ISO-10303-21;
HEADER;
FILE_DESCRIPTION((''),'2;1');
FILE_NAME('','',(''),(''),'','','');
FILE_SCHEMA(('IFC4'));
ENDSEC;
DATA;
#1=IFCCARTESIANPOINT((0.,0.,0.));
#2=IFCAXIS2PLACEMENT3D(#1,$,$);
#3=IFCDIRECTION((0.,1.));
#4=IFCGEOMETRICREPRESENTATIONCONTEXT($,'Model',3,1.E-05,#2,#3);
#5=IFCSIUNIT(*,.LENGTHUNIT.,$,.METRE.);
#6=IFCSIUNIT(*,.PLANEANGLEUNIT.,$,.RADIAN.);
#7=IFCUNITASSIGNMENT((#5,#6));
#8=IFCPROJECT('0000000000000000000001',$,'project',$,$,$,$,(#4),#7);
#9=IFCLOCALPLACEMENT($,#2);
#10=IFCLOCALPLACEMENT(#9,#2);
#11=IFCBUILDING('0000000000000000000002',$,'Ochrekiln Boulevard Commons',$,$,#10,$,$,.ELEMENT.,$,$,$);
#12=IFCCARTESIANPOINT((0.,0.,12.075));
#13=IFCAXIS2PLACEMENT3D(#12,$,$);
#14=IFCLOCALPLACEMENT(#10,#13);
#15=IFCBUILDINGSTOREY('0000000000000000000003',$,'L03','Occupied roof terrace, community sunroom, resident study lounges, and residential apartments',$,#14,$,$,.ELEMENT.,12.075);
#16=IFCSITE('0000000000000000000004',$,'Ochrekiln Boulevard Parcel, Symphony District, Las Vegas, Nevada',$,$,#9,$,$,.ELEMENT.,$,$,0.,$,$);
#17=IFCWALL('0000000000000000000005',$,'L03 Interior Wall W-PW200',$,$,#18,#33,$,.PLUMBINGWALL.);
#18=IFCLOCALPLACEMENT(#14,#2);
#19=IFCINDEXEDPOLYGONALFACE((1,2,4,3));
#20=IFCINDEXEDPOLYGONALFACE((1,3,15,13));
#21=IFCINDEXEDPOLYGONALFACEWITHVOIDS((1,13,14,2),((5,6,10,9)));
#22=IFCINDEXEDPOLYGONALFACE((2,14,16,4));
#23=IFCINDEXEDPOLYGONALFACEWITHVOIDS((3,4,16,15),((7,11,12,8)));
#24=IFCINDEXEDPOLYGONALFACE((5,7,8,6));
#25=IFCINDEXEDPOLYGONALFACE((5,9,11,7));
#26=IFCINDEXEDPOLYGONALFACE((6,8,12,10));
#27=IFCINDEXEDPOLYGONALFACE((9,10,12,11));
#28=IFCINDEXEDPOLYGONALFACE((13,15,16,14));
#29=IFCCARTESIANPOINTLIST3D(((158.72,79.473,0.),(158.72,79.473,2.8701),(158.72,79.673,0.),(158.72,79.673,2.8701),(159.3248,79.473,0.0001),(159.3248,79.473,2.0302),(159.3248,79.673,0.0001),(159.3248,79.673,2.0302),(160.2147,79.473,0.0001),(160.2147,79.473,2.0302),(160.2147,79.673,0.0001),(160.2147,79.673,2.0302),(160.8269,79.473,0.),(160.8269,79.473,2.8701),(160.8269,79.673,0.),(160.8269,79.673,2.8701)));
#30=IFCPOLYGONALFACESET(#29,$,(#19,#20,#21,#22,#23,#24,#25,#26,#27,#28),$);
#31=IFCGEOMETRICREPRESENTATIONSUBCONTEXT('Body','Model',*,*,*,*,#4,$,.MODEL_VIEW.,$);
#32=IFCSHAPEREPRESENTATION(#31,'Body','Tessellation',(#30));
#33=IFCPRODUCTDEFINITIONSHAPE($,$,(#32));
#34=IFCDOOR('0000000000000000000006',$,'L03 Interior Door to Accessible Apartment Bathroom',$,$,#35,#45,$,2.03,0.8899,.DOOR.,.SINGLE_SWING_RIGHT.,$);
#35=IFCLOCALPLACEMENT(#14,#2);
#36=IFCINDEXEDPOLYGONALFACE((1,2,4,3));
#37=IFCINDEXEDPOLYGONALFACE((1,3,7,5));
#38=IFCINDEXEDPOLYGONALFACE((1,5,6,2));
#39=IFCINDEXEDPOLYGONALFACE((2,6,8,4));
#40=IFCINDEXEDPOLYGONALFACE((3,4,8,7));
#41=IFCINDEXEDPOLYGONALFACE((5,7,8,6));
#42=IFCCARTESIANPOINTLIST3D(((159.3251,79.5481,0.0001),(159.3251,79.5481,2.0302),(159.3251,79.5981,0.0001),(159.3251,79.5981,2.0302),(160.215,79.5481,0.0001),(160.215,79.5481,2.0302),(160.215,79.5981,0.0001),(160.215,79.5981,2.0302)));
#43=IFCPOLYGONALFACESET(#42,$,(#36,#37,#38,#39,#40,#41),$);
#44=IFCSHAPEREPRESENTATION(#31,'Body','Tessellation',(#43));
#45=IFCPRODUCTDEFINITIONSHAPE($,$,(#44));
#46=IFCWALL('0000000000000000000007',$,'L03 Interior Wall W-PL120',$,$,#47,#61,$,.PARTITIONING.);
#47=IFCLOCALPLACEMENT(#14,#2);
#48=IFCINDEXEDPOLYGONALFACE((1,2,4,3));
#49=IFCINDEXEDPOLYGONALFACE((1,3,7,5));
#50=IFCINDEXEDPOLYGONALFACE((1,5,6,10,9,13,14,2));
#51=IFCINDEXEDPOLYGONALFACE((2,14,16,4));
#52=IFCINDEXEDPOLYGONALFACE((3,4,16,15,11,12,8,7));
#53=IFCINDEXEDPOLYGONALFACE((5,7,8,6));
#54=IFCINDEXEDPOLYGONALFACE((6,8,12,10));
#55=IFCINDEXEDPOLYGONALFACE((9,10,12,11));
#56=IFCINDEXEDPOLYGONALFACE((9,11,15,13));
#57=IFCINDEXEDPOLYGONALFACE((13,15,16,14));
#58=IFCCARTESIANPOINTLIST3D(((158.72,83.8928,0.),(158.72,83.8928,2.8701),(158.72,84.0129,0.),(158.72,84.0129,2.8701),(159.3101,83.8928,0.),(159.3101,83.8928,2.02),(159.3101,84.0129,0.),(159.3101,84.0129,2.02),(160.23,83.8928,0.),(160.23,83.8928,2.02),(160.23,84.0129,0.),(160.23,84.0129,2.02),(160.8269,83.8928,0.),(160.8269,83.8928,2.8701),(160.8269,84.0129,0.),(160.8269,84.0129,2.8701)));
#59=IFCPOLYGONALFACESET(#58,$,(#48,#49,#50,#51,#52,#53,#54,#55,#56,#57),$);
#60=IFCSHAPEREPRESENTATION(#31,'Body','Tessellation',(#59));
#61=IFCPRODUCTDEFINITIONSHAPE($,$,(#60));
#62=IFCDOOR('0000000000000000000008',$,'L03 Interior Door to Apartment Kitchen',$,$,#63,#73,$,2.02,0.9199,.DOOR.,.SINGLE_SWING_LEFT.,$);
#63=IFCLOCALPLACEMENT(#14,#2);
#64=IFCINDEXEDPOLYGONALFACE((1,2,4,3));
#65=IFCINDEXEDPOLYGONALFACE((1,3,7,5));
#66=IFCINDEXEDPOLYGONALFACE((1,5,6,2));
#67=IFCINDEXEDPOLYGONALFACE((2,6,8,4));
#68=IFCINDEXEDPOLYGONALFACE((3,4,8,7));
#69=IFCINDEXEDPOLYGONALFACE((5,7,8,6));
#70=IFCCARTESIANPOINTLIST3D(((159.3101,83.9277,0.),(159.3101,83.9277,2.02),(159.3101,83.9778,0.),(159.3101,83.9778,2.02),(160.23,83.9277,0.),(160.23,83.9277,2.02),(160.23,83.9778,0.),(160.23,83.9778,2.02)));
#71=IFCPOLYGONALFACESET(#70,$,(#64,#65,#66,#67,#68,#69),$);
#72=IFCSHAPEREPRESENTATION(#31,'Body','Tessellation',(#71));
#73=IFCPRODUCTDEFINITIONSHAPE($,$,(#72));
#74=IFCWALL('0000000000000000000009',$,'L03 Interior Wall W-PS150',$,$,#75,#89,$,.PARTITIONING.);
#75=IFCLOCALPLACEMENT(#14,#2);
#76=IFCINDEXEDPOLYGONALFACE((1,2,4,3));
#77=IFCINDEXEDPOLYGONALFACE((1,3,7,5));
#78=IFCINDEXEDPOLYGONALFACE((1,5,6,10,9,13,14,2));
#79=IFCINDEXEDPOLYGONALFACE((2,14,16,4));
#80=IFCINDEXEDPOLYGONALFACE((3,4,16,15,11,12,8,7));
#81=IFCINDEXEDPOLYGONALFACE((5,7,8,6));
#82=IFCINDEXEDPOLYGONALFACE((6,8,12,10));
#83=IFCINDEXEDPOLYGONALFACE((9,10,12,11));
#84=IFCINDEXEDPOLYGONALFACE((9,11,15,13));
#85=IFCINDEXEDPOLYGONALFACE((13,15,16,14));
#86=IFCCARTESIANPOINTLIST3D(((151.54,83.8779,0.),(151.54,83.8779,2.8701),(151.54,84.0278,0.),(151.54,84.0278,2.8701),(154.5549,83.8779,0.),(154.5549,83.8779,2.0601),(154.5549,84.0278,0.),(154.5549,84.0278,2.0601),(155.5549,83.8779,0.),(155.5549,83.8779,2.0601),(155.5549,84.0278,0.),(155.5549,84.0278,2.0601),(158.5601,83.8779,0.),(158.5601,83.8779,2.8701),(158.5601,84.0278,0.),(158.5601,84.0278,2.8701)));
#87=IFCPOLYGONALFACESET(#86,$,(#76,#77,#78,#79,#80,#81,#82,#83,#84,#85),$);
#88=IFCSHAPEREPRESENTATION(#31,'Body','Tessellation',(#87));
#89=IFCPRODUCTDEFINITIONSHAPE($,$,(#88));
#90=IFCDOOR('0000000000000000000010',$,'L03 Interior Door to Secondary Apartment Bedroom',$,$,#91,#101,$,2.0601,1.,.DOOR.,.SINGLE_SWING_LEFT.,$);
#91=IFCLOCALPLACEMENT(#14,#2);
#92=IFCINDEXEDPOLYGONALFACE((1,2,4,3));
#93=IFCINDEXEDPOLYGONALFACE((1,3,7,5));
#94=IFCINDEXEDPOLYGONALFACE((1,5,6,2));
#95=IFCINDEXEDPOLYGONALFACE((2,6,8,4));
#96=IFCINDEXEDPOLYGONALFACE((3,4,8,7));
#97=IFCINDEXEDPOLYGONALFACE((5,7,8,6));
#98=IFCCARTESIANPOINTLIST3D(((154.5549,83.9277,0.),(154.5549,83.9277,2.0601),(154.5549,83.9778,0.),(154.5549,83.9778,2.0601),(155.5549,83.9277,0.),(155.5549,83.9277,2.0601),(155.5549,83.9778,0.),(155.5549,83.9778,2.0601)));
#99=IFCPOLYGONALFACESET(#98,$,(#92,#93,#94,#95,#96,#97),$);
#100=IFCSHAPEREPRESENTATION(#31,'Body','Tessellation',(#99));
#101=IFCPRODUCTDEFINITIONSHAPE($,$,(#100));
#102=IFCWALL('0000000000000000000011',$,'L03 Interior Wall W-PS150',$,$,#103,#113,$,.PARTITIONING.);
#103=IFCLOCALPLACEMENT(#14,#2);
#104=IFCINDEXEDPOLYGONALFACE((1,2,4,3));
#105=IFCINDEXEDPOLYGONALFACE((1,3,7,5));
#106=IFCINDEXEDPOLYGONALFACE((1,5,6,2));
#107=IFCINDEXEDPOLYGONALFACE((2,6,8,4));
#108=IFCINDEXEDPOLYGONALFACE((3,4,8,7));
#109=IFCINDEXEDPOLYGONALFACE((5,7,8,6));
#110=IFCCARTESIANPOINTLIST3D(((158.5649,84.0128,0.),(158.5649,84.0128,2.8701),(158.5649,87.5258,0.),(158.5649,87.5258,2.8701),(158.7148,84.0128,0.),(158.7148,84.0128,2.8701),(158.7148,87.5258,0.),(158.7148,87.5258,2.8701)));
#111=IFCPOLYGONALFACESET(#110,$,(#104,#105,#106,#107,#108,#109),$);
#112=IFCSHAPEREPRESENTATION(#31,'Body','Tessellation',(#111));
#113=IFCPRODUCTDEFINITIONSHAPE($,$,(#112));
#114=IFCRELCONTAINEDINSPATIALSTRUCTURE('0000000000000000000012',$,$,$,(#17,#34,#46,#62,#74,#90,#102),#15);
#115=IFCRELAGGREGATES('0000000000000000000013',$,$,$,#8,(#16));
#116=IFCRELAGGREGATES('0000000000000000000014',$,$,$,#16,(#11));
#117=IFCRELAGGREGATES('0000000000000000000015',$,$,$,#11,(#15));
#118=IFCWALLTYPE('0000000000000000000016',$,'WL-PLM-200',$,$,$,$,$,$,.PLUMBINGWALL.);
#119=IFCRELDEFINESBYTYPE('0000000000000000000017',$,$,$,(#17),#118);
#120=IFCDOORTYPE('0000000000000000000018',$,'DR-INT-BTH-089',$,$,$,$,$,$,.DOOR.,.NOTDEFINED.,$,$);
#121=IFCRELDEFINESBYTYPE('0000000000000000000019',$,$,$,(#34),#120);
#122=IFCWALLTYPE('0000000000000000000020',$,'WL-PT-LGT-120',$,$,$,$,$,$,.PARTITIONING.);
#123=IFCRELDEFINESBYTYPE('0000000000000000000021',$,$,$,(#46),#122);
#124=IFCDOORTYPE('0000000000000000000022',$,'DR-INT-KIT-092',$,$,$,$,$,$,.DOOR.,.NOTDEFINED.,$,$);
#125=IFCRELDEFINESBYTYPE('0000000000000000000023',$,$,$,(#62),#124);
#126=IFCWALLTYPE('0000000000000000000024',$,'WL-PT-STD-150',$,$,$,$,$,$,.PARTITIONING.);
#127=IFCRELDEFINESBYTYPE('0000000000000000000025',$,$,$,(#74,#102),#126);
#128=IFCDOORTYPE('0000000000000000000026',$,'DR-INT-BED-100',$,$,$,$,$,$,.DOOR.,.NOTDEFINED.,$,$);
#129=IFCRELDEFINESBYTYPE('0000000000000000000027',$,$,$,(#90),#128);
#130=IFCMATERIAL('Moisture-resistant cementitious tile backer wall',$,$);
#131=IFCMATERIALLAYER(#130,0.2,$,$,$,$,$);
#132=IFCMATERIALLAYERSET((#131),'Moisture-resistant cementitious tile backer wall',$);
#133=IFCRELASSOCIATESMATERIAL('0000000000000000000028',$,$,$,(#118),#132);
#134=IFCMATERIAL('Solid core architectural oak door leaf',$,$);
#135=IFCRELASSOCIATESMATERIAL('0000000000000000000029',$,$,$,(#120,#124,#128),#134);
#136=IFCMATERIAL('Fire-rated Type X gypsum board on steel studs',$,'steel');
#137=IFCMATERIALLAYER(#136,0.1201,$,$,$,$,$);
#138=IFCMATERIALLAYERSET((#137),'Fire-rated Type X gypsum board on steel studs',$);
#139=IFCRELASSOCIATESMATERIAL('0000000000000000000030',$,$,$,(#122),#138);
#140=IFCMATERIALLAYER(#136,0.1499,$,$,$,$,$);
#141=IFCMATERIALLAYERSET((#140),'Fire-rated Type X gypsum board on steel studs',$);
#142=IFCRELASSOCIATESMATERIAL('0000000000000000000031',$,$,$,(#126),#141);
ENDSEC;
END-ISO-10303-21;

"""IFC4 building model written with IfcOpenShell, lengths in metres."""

from ifc_helpers import new_model, si_unit, direction, frame, frame_2d, origin, place, context, subcontext, project, spatial, rectangle, extrude, material, layer, layer_set, type_object, element, fill, save


model = new_model("IFC4")

# Units and contexts
model_context = context("Model", 3, precision=1e-05, world=origin(), true_north=direction((0.0, 1.0)))
body_context = subcontext(model_context, "Body", "Model", "MODEL_VIEW")
ifc_project = project(units=[si_unit("LENGTHUNIT", "METRE"), si_unit("PLANEANGLEUNIT", "RADIAN")], contexts=[model_context])

# Site, building, storey
site_placement = place(None, origin())
site = spatial("IfcSite", under=ifc_project, at=site_placement, Name="Ochrekiln Boulevard Parcel, Symphony District, Las Vegas, Nevada", CompositionType="ELEMENT", RefElevation=0.0)
building_placement = place(site_placement, origin())
building = spatial("IfcBuilding", under=site, at=building_placement, Name="Ochrekiln Boulevard Commons", CompositionType="ELEMENT")
storey_placement = place(building_placement, frame((0.0, 0.0, 12.075)))
storey = spatial("IfcBuildingStorey", under=building, at=storey_placement, Name="L03", Description="Occupied roof terrace, community sunroom, resident study lounges, and residential apartments", CompositionType="ELEMENT", Elevation=12.075)

# Walls, openings, doors
ifc_material_1 = material(Name="Moisture-resistant cementitious tile backer wall")
ifc_layer_1 = layer(ifc_material_1, 0.2)
ifc_layer_set_1 = layer_set([ifc_layer_1], Name="Moisture-resistant cementitious tile backer wall")
wall_type_1 = type_object("IfcWallType", Name="WL-PLM-200", PredefinedType="PLUMBINGWALL", material=ifc_layer_set_1)
wall_1_placement = place(storey_placement, frame((158.72, 79.573, 0.0), z_axis=(0.0, 0.0, 1.0), x_axis=(1.0, 0.0, 0.0)))
wall_1 = element("IfcWall", 1, at=wall_1_placement, inside=storey, type_object=wall_type_1, Name="L03 Interior Wall W-PW200", PredefinedType="PLUMBINGWALL", context=body_context, shape_type="SweptSolid", body=[
    extrude(rectangle(XDim=2.1069, YDim=0.2, at=frame_2d((1.0535, 0.0))), origin(), (0.0, 0.0, 1.0), 2.8701),
])
opening_1_placement = place(wall_1_placement, frame((0.605, 0.0, 0.0)))
opening_1 = element("IfcOpeningElement", 2, at=opening_1_placement, cuts=wall_1, PredefinedType="OPENING", context=body_context, shape_type="SweptSolid", body=[
    extrude(rectangle(XDim=0.8899, YDim=2.03, at=frame_2d((0.4448, 1.0151))), frame((0.0, 0.1099, 0.0), z_axis=(0.0, -1.0, 0.0), x_axis=(1.0, 0.0, 0.0)), (0.0, 0.0, 1.0), 0.22),
])
ifc_material_2 = material(Name="Solid core architectural oak door leaf")
door_type_1 = type_object("IfcDoorType", Name="DR-INT-BTH-089", OperationType="NOTDEFINED", PredefinedType="DOOR", material=ifc_material_2)
door_1_placement = place(opening_1_placement, frame((0.8899, 0.0, 0.0), z_axis=(0.0, 0.0, 1.0), x_axis=(-1.0, 0.0, 0.0)))
door_1 = element("IfcDoor", 3, at=door_1_placement, inside=storey, type_object=door_type_1, Name="L03 Interior Door to Accessible Apartment Bathroom", OperationType="SINGLE_SWING_RIGHT", OverallHeight=2.03, OverallWidth=0.8899, PredefinedType="DOOR", context=body_context, shape_type="SweptSolid", body=[
    extrude(rectangle(XDim=0.8899, YDim=2.03, at=frame_2d((0.4448, 1.0151))), frame((0.0, 0.0249, 0.0), z_axis=(0.0, -1.0, 0.0), x_axis=(1.0, 0.0, 0.0)), (0.0, 0.0, 1.0), 0.05),
])
fill(opening_1, door_1)
ifc_material_3 = material(Name="Fire-rated Type X gypsum board on steel studs", Category="steel")
ifc_layer_2 = layer(ifc_material_3, 0.1201)
ifc_layer_set_2 = layer_set([ifc_layer_2], Name="Fire-rated Type X gypsum board on steel studs")
wall_type_2 = type_object("IfcWallType", Name="WL-PT-LGT-120", PredefinedType="PARTITIONING", material=ifc_layer_set_2)
wall_2_placement = place(storey_placement, frame((158.72, 83.9529, 0.0), z_axis=(0.0, 0.0, 1.0), x_axis=(1.0, 0.0, 0.0)))
wall_2 = element("IfcWall", 4, at=wall_2_placement, inside=storey, type_object=wall_type_2, Name="L03 Interior Wall W-PL120", PredefinedType="PARTITIONING", context=body_context, shape_type="SweptSolid", body=[
    extrude(rectangle(XDim=2.1069, YDim=0.1201, at=frame_2d((1.0535, 0.0))), origin(), (0.0, 0.0, 1.0), 2.8701),
])
opening_2_placement = place(wall_2_placement, frame((0.5901, 0.0, 0.0)))
opening_2 = element("IfcOpeningElement", 5, at=opening_2_placement, cuts=wall_2, PredefinedType="OPENING", context=body_context, shape_type="SweptSolid", body=[
    extrude(rectangle(XDim=0.9199, YDim=2.02, at=frame_2d((0.46, 1.01))), frame((0.0, 0.0701, 0.0), z_axis=(0.0, -1.0, 0.0), x_axis=(1.0, 0.0, 0.0)), (0.0, 0.0, 1.0), 0.1401),
])
door_type_2 = type_object("IfcDoorType", Name="DR-INT-KIT-092", OperationType="NOTDEFINED", PredefinedType="DOOR", material=ifc_material_2)
door_2_placement = place(opening_2_placement, origin())
door_2 = element("IfcDoor", 6, at=door_2_placement, inside=storey, type_object=door_type_2, Name="L03 Interior Door to Apartment Kitchen", OperationType="SINGLE_SWING_LEFT", OverallHeight=2.02, OverallWidth=0.9199, PredefinedType="DOOR", context=body_context, shape_type="SweptSolid", body=[
    extrude(rectangle(XDim=0.9199, YDim=2.02, at=frame_2d((0.46, 1.01))), frame((0.0, 0.0249, 0.0), z_axis=(0.0, -1.0, 0.0), x_axis=(1.0, 0.0, 0.0)), (0.0, 0.0, 1.0), 0.05),
])
fill(opening_2, door_2)
ifc_layer_3 = layer(ifc_material_3, 0.1499)
ifc_layer_set_3 = layer_set([ifc_layer_3], Name="Fire-rated Type X gypsum board on steel studs")
wall_type_3 = type_object("IfcWallType", Name="WL-PT-STD-150", PredefinedType="PARTITIONING", material=ifc_layer_set_3)
wall_3_placement = place(storey_placement, frame((151.54, 83.9529, 0.0), z_axis=(0.0, 0.0, 1.0), x_axis=(1.0, 0.0, 0.0)))
wall_3 = element("IfcWall", 7, at=wall_3_placement, inside=storey, type_object=wall_type_3, Name="L03 Interior Wall W-PS150", PredefinedType="PARTITIONING", context=body_context, shape_type="SweptSolid", body=[
    extrude(rectangle(XDim=7.02, YDim=0.1499, at=frame_2d((3.51, 0.0))), origin(), (0.0, 0.0, 1.0), 2.8701),
])
opening_3_placement = place(wall_3_placement, frame((3.0149, 0.0, 0.0)))
opening_3 = element("IfcOpeningElement", 8, at=opening_3_placement, cuts=wall_3, PredefinedType="OPENING", context=body_context, shape_type="SweptSolid", body=[
    extrude(rectangle(XDim=1.0, YDim=2.0601, at=frame_2d((0.5, 1.03))), frame((0.0, 0.085, 0.0), z_axis=(0.0, -1.0, 0.0), x_axis=(1.0, 0.0, 0.0)), (0.0, 0.0, 1.0), 0.1699),
])
door_type_3 = type_object("IfcDoorType", Name="DR-INT-BED-100", OperationType="NOTDEFINED", PredefinedType="DOOR", material=ifc_material_2)
door_3_placement = place(opening_3_placement, origin())
door_3 = element("IfcDoor", 9, at=door_3_placement, inside=storey, type_object=door_type_3, Name="L03 Interior Door to Secondary Apartment Bedroom", OperationType="SINGLE_SWING_LEFT", OverallHeight=2.0601, OverallWidth=1.0, PredefinedType="DOOR", context=body_context, shape_type="SweptSolid", body=[
    extrude(rectangle(XDim=1.0, YDim=2.0601, at=frame_2d((0.5, 1.03))), frame((0.0, 0.0249, 0.0), z_axis=(0.0, -1.0, 0.0), x_axis=(1.0, 0.0, 0.0)), (0.0, 0.0, 1.0), 0.05),
])
fill(opening_3, door_3)

# Wall
wall_4_placement = place(storey_placement, frame((158.6399, 84.0129, 0.0), z_axis=(0.0, 0.0, 1.0), x_axis=(0.0, 1.0, 0.0)))
element("IfcWall", 10, at=wall_4_placement, inside=storey, type_object=wall_type_3, Name="L03 Interior Wall W-PS150", PredefinedType="PARTITIONING", context=body_context, shape_type="SweptSolid", body=[
    extrude(rectangle(XDim=3.5129, YDim=0.1499, at=frame_2d((1.7563, 0.0))), origin(), (0.0, 0.0, 1.0), 2.8701),
])

save(model, "model.ifc")
